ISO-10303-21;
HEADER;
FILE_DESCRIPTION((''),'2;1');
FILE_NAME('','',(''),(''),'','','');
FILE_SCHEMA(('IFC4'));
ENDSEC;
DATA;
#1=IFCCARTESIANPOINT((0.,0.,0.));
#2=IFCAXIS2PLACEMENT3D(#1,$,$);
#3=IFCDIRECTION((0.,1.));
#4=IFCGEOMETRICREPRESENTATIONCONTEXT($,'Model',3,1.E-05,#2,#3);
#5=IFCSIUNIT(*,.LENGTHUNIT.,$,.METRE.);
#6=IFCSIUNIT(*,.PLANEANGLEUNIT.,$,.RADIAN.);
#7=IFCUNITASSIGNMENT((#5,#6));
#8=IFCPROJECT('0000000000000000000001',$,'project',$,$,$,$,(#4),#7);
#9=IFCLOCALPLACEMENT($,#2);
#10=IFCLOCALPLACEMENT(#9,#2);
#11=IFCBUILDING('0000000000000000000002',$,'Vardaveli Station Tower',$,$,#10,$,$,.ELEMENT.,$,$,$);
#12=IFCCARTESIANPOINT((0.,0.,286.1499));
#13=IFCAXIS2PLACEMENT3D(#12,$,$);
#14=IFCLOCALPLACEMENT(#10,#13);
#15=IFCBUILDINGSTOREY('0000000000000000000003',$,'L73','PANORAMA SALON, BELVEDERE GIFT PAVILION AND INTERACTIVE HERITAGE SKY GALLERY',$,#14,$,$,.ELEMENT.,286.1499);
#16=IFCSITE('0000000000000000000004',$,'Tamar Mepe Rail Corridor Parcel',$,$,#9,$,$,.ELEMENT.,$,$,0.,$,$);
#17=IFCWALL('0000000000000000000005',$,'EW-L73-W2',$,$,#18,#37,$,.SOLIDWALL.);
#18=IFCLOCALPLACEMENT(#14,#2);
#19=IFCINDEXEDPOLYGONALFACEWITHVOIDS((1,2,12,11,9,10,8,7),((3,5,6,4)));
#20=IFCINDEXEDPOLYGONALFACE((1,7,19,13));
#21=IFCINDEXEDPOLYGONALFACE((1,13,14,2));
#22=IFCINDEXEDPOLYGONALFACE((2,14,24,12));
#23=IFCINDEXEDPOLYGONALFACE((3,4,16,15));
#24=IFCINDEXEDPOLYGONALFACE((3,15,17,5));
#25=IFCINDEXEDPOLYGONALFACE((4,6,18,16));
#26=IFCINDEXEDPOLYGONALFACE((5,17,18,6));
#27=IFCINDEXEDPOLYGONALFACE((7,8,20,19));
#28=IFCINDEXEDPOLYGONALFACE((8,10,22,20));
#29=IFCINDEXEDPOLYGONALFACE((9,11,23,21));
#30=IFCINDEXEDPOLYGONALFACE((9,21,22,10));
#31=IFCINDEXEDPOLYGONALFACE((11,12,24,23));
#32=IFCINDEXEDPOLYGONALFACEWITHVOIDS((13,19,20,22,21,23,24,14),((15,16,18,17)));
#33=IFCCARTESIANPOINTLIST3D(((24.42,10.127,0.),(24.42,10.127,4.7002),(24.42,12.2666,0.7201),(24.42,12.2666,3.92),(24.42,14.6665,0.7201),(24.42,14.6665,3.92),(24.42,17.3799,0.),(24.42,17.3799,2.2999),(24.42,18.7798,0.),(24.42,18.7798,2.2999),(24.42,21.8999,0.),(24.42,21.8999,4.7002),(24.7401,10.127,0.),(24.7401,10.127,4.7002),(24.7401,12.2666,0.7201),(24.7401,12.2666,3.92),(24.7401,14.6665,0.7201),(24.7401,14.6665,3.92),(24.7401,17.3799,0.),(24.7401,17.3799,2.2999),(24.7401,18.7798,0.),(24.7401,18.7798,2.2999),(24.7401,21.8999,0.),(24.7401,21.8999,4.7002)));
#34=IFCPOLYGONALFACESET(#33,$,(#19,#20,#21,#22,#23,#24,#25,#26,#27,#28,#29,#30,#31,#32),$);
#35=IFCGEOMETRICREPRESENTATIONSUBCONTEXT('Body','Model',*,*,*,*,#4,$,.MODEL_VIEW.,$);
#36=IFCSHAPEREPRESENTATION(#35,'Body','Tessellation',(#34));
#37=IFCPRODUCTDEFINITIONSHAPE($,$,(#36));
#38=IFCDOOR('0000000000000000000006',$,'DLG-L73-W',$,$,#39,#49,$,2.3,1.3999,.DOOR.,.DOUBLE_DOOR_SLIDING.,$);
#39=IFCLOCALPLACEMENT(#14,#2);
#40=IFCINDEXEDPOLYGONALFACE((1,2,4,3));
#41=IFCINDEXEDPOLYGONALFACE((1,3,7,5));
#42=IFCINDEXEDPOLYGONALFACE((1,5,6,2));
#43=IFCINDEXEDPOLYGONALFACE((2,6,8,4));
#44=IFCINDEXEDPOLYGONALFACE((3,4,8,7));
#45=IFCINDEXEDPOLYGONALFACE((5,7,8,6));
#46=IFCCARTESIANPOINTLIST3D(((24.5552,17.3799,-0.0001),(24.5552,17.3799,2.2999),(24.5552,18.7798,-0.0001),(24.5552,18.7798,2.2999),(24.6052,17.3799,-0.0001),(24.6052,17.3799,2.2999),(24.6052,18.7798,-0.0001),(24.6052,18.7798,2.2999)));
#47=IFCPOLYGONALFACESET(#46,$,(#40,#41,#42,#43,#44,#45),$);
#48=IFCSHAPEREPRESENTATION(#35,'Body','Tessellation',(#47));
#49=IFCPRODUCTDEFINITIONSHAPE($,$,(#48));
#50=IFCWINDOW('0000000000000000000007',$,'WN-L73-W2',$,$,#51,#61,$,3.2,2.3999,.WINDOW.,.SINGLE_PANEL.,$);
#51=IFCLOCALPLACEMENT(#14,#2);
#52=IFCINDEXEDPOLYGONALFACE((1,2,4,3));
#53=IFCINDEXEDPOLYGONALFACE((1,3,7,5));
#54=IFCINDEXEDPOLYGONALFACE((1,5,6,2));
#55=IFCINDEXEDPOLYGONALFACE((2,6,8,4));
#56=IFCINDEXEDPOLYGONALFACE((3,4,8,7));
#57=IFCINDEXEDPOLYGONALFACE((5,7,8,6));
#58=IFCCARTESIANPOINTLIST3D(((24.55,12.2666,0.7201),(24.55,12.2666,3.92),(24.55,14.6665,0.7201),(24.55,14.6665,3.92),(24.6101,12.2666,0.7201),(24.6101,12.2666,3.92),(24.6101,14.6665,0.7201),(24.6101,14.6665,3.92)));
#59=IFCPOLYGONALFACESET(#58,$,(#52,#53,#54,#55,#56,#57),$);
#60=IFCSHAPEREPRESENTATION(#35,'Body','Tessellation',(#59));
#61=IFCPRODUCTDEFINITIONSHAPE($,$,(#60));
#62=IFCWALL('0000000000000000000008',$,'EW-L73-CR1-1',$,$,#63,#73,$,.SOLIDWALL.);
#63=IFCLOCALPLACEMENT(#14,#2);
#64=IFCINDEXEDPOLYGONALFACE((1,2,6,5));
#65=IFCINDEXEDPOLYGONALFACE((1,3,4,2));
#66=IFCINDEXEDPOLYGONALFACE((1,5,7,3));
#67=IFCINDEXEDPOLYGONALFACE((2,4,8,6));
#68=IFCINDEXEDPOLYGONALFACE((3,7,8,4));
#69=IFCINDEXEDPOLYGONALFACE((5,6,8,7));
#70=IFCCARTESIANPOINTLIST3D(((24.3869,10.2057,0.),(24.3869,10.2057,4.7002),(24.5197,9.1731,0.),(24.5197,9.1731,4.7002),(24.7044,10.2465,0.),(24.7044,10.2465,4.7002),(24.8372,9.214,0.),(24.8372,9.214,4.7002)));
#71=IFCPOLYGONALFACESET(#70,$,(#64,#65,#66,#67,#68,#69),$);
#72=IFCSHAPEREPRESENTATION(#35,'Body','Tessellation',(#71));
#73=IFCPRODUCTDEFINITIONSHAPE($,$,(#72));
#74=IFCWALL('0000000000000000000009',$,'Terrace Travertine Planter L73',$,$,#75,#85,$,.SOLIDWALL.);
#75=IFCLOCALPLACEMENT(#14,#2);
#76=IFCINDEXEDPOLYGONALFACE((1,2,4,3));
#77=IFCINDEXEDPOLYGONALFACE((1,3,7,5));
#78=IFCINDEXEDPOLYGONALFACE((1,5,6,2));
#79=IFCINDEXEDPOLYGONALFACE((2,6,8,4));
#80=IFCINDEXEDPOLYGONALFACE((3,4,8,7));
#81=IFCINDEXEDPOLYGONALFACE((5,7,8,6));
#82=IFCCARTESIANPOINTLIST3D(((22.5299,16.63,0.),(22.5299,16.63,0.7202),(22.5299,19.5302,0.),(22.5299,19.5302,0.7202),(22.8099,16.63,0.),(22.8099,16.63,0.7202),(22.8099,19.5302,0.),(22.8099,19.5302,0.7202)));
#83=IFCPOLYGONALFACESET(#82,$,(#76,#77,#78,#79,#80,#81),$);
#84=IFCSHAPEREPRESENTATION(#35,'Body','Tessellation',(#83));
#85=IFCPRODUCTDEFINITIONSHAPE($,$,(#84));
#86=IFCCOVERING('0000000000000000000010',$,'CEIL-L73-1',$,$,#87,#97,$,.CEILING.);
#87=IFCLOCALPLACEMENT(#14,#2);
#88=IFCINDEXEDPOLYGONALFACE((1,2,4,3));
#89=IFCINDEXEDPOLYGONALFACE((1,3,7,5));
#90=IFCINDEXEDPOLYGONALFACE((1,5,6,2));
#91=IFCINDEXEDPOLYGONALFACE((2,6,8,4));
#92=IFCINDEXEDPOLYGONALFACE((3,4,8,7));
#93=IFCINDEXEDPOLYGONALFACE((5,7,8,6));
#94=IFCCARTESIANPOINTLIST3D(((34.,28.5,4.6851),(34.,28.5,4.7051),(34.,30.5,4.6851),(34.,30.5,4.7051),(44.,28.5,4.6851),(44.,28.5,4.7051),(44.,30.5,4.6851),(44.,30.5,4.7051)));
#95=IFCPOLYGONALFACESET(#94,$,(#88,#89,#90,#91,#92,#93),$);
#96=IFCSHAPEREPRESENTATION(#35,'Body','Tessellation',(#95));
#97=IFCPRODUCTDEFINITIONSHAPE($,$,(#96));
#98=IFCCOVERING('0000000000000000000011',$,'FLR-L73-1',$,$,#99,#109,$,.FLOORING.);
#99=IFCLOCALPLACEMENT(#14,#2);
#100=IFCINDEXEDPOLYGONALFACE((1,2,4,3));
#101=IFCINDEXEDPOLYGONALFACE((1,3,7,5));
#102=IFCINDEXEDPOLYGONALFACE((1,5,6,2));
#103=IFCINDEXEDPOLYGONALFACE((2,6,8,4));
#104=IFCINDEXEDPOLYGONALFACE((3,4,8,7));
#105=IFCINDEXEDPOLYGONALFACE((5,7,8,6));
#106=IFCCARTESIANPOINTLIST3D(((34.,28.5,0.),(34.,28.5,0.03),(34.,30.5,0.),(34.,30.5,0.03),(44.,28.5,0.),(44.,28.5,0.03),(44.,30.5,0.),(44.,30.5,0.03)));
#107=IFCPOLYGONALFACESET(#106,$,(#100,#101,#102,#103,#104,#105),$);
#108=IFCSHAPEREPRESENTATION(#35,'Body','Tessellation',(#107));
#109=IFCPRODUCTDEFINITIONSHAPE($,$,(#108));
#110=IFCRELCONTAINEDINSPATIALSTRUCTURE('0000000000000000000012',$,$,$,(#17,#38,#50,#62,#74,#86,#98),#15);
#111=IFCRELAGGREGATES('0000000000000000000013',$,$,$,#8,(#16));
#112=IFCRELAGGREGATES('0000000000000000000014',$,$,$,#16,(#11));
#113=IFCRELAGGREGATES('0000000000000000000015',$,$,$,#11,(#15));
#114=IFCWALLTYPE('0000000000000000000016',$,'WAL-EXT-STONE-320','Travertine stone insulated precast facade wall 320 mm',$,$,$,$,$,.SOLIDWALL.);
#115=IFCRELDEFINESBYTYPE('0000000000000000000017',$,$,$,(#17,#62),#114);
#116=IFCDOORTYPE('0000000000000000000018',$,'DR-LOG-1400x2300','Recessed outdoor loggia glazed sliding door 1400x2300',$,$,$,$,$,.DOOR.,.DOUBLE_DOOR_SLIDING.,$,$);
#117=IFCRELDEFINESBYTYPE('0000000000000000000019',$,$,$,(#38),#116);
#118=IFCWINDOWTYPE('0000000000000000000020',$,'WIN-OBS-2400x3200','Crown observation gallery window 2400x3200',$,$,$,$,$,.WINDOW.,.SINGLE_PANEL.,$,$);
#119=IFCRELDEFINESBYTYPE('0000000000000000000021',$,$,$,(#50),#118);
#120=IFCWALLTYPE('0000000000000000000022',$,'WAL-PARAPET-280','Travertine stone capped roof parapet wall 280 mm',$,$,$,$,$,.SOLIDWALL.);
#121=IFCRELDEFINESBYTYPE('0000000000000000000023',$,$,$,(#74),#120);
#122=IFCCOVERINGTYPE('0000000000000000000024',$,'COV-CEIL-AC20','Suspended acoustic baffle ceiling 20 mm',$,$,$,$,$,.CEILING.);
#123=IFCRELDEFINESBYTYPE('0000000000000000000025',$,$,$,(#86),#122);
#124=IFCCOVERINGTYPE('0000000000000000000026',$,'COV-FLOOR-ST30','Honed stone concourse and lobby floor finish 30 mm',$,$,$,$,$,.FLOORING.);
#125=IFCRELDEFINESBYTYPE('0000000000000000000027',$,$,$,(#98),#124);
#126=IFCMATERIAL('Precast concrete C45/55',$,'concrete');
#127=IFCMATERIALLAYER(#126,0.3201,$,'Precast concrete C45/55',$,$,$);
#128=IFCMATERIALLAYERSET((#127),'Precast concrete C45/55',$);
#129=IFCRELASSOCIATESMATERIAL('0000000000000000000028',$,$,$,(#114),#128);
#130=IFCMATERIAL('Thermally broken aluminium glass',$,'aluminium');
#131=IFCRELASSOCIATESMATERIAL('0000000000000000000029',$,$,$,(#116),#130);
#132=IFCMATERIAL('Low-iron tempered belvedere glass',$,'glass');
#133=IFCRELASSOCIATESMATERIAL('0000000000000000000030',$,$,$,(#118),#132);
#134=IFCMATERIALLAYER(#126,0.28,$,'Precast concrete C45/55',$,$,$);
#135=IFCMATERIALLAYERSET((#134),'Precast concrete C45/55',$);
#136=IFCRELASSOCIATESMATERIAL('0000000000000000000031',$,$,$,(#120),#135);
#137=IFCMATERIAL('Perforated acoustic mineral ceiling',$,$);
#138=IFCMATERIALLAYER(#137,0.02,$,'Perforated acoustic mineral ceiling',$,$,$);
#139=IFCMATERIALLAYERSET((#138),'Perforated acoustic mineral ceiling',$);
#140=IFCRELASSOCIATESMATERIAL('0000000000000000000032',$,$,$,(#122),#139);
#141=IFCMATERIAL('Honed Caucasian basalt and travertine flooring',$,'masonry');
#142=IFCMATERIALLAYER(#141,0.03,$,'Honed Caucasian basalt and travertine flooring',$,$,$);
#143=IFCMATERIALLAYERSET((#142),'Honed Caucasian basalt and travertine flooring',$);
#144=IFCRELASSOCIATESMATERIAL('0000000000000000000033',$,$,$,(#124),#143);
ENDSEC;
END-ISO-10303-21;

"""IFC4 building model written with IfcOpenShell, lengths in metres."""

from ifc_helpers import new_model, si_unit, direction, frame, frame_2d, origin, place, context, subcontext, project, spatial, polyline, rectangle, outline, extrude, source, transform, mapped, material, layer, layer_set, type_object, element, fill, save


model = new_model("IFC4")

# Units and contexts
model_context = context("Model", 3, precision=1e-05, world=origin(), true_north=direction((0.0, 1.0)))
body_context = subcontext(model_context, "Body", "Model", "MODEL_VIEW")
ifc_project = project(units=[si_unit("LENGTHUNIT", "METRE"), si_unit("PLANEANGLEUNIT", "RADIAN")], contexts=[model_context])

# Site, building, storey
site_placement = place(None, origin())
site = spatial("IfcSite", under=ifc_project, at=site_placement, Name="Tamar Mepe Rail Corridor Parcel", CompositionType="ELEMENT", RefElevation=0.0)
building_placement = place(site_placement, origin())
building = spatial("IfcBuilding", under=site, at=building_placement, Name="Vardaveli Station Tower", CompositionType="ELEMENT")
storey_placement = place(building_placement, frame((0.0, 0.0, 286.1499)))
storey = spatial("IfcBuildingStorey", under=building, at=storey_placement, Name="L73", Description="PANORAMA SALON, BELVEDERE GIFT PAVILION AND INTERACTIVE HERITAGE SKY GALLERY", CompositionType="ELEMENT", Elevation=286.1499)

# Shared definitions
ifc_material_1 = material(Name="Precast concrete C45/55", Category="concrete")

# Wall, openings, door, window
ifc_layer_1 = layer(ifc_material_1, 0.3201, Name="Precast concrete C45/55")
ifc_layer_set_1 = layer_set([ifc_layer_1], Name="Precast concrete C45/55")
wall_type_1 = type_object("IfcWallType", Name="WAL-EXT-STONE-320", Description="Travertine stone insulated precast facade wall 320 mm", PredefinedType="SOLIDWALL", material=ifc_layer_set_1)
shared_shape_1 = source(origin(), body_context, "Body", "SweptSolid", [
    extrude(rectangle(XDim=11.7729, YDim=0.3201, at=frame_2d((5.8865, 0.0))), origin(), (0.0, 0.0, 1.0), 4.7002),
])
wall_1_placement = place(storey_placement, frame((24.5801, 21.8999, 0.0), z_axis=(0.0, 0.0, 1.0), x_axis=(0.0, -1.0, 0.0)))
wall_1 = element("IfcWall", 1, at=wall_1_placement, inside=storey, type_object=wall_type_1, Name="EW-L73-W2", PredefinedType="SOLIDWALL", context=body_context, shape_type="MappedRepresentation", body=[
    mapped(shared_shape_1, transform((0.0, 0.0, 0.0), scale=1.0)),
])
shared_shape_2 = source(origin(), body_context, "Body", "SweptSolid", [
    extrude(rectangle(XDim=1.3999, YDim=2.3, at=frame_2d((0.7, 1.1499))), frame((0.0, 0.1699, 0.0), z_axis=(0.0, -1.0, 0.0), x_axis=(1.0, 0.0, 0.0)), (0.0, 0.0, 1.0), 0.3401),
])
opening_1_placement = place(wall_1_placement, frame((3.1201, 0.0, 0.0)))
opening_1 = element("IfcOpeningElement", 2, at=opening_1_placement, cuts=wall_1, PredefinedType="OPENING", context=body_context, shape_type="MappedRepresentation", body=[
    mapped(shared_shape_2, transform((0.0, 0.0, 0.0), scale=1.0)),
])
shared_shape_3 = source(origin(), body_context, "Body", "SweptSolid", [
    extrude(rectangle(XDim=2.3999, YDim=3.2, at=frame_2d((1.2, 1.6001))), frame((0.0, 0.1699, 0.0), z_axis=(0.0, -1.0, 0.0), x_axis=(1.0, 0.0, 0.0)), (0.0, 0.0, 1.0), 0.3401),
])
opening_2_placement = place(wall_1_placement, frame((7.2334, 0.0, 0.72)))
opening_2 = element("IfcOpeningElement", 3, at=opening_2_placement, cuts=wall_1, PredefinedType="OPENING", context=body_context, shape_type="MappedRepresentation", body=[
    mapped(shared_shape_3, transform((0.0, 0.0, 0.0), scale=1.0)),
])
ifc_material_2 = material(Name="Thermally broken aluminium glass", Category="aluminium")
door_type = type_object("IfcDoorType", Name="DR-LOG-1400x2300", Description="Recessed outdoor loggia glazed sliding door 1400x2300", OperationType="DOUBLE_DOOR_SLIDING", PredefinedType="DOOR", material=ifc_material_2)
shared_shape_4 = source(origin(), body_context, "Body", "SweptSolid", [
    extrude(rectangle(XDim=1.3999, YDim=2.3, at=frame_2d((0.7, 1.1499))), frame((0.0, 0.0249, 0.0), z_axis=(0.0, -1.0, 0.0), x_axis=(1.0, 0.0, 0.0)), (0.0, 0.0, 1.0), 0.05),
])
door_placement = place(opening_1_placement, frame((1.3999, 0.0, 0.0), z_axis=(0.0, 0.0, 1.0), x_axis=(-1.0, 0.0, 0.0)))
door = element("IfcDoor", 4, at=door_placement, inside=storey, type_object=door_type, Name="DLG-L73-W", OperationType="DOUBLE_DOOR_SLIDING", OverallHeight=2.3, OverallWidth=1.3999, PredefinedType="DOOR", context=body_context, shape_type="MappedRepresentation", body=[
    mapped(shared_shape_4, transform((0.0, 0.0, 0.0), scale=1.0)),
])
fill(opening_1, door)
ifc_material_3 = material(Name="Low-iron tempered belvedere glass", Category="glass")
window_type = type_object("IfcWindowType", Name="WIN-OBS-2400x3200", Description="Crown observation gallery window 2400x3200", PartitioningType="SINGLE_PANEL", PredefinedType="WINDOW", material=ifc_material_3)
shared_shape_5 = source(origin(), body_context, "Body", "SweptSolid", [
    extrude(rectangle(XDim=2.3999, YDim=3.2, at=frame_2d((1.2, 1.6001))), frame((0.0, 0.03, 0.0), z_axis=(0.0, -1.0, 0.0), x_axis=(1.0, 0.0, 0.0)), (0.0, 0.0, 1.0), 0.0601),
])
window_placement = place(opening_2_placement, origin())
window = element("IfcWindow", 5, at=window_placement, inside=storey, type_object=window_type, Name="WN-L73-W2", OverallHeight=3.2, OverallWidth=2.3999, PartitioningType="SINGLE_PANEL", PredefinedType="WINDOW", context=body_context, shape_type="MappedRepresentation", body=[
    mapped(shared_shape_5, transform((0.0, 0.0, 0.0), scale=1.0)),
])
fill(opening_2, window)

# Walls
shared_shape_6 = source(origin(), body_context, "Body", "SweptSolid", [
    extrude(rectangle(XDim=1.041, YDim=0.3201, at=frame_2d((0.5205, 0.0))), origin(), (0.0, 0.0, 1.0), 4.7002),
])
wall_2_placement = place(storey_placement, frame((24.5457, 10.2261, 0.0), z_axis=(0.0, 0.0, 1.0), x_axis=(0.127584, -0.991828, 0.0)))
element("IfcWall", 6, at=wall_2_placement, inside=storey, type_object=wall_type_1, Name="EW-L73-CR1-1", PredefinedType="SOLIDWALL", context=body_context, shape_type="MappedRepresentation", body=[
    mapped(shared_shape_6, transform((0.0, 0.0, 0.0), scale=1.0)),
])
ifc_layer_2 = layer(ifc_material_1, 0.28, Name="Precast concrete C45/55")
ifc_layer_set_2 = layer_set([ifc_layer_2], Name="Precast concrete C45/55")
wall_type_2 = type_object("IfcWallType", Name="WAL-PARAPET-280", Description="Travertine stone capped roof parapet wall 280 mm", PredefinedType="SOLIDWALL", material=ifc_layer_set_2)
shared_shape_7 = source(origin(), body_context, "Body", "SweptSolid", [
    extrude(rectangle(XDim=2.9001, YDim=0.28, at=frame_2d((1.4502, 0.0))), origin(), (0.0, 0.0, 1.0), 0.7202),
])
wall_3_placement = place(storey_placement, frame((22.6699, 16.6299, 0.0), z_axis=(0.0, 0.0, 1.0), x_axis=(0.0, 1.0, 0.0)))
element("IfcWall", 7, at=wall_3_placement, inside=storey, type_object=wall_type_2, Name="Terrace Travertine Planter L73", PredefinedType="SOLIDWALL", context=body_context, shape_type="MappedRepresentation", body=[
    mapped(shared_shape_7, transform((0.0, 0.0, 0.0), scale=1.0)),
])

# Coverings
ifc_material_4 = material(Name="Perforated acoustic mineral ceiling")
ifc_layer_3 = layer(ifc_material_4, 0.02, Name="Perforated acoustic mineral ceiling")
ifc_layer_set_3 = layer_set([ifc_layer_3], Name="Perforated acoustic mineral ceiling")
covering_type_1 = type_object("IfcCoveringType", Name="COV-CEIL-AC20", Description="Suspended acoustic baffle ceiling 20 mm", PredefinedType="CEILING", material=ifc_layer_set_3)
covering_1_placement = place(storey_placement, frame((0.0, 0.0, 4.6851)))
element("IfcCovering", 8, at=covering_1_placement, inside=storey, type_object=covering_type_1, Name="CEIL-L73-1", PredefinedType="CEILING", context=body_context, shape_type="SweptSolid", body=[
    extrude(outline(polyline([(34.0, 28.5), (44.0, 28.5), (44.0, 30.5), (34.0, 30.5), (34.0, 28.5)])), origin(), (0.0, 0.0, 1.0), 0.02),
])
ifc_material_5 = material(Name="Honed Caucasian basalt and travertine flooring", Category="masonry")
ifc_layer_4 = layer(ifc_material_5, 0.03, Name="Honed Caucasian basalt and travertine flooring")
ifc_layer_set_4 = layer_set([ifc_layer_4], Name="Honed Caucasian basalt and travertine flooring")
covering_type_2 = type_object("IfcCoveringType", Name="COV-FLOOR-ST30", Description="Honed stone concourse and lobby floor finish 30 mm", PredefinedType="FLOORING", material=ifc_layer_set_4)
covering_2_placement = place(storey_placement, origin())
element("IfcCovering", 9, at=covering_2_placement, inside=storey, type_object=covering_type_2, Name="FLR-L73-1", PredefinedType="FLOORING", context=body_context, shape_type="SweptSolid", body=[
    extrude(outline(polyline([(34.0, 28.5), (44.0, 28.5), (44.0, 30.5), (34.0, 30.5), (34.0, 28.5)])), origin(), (0.0, 0.0, 1.0), 0.03),
])

save(model, "model.ifc")
